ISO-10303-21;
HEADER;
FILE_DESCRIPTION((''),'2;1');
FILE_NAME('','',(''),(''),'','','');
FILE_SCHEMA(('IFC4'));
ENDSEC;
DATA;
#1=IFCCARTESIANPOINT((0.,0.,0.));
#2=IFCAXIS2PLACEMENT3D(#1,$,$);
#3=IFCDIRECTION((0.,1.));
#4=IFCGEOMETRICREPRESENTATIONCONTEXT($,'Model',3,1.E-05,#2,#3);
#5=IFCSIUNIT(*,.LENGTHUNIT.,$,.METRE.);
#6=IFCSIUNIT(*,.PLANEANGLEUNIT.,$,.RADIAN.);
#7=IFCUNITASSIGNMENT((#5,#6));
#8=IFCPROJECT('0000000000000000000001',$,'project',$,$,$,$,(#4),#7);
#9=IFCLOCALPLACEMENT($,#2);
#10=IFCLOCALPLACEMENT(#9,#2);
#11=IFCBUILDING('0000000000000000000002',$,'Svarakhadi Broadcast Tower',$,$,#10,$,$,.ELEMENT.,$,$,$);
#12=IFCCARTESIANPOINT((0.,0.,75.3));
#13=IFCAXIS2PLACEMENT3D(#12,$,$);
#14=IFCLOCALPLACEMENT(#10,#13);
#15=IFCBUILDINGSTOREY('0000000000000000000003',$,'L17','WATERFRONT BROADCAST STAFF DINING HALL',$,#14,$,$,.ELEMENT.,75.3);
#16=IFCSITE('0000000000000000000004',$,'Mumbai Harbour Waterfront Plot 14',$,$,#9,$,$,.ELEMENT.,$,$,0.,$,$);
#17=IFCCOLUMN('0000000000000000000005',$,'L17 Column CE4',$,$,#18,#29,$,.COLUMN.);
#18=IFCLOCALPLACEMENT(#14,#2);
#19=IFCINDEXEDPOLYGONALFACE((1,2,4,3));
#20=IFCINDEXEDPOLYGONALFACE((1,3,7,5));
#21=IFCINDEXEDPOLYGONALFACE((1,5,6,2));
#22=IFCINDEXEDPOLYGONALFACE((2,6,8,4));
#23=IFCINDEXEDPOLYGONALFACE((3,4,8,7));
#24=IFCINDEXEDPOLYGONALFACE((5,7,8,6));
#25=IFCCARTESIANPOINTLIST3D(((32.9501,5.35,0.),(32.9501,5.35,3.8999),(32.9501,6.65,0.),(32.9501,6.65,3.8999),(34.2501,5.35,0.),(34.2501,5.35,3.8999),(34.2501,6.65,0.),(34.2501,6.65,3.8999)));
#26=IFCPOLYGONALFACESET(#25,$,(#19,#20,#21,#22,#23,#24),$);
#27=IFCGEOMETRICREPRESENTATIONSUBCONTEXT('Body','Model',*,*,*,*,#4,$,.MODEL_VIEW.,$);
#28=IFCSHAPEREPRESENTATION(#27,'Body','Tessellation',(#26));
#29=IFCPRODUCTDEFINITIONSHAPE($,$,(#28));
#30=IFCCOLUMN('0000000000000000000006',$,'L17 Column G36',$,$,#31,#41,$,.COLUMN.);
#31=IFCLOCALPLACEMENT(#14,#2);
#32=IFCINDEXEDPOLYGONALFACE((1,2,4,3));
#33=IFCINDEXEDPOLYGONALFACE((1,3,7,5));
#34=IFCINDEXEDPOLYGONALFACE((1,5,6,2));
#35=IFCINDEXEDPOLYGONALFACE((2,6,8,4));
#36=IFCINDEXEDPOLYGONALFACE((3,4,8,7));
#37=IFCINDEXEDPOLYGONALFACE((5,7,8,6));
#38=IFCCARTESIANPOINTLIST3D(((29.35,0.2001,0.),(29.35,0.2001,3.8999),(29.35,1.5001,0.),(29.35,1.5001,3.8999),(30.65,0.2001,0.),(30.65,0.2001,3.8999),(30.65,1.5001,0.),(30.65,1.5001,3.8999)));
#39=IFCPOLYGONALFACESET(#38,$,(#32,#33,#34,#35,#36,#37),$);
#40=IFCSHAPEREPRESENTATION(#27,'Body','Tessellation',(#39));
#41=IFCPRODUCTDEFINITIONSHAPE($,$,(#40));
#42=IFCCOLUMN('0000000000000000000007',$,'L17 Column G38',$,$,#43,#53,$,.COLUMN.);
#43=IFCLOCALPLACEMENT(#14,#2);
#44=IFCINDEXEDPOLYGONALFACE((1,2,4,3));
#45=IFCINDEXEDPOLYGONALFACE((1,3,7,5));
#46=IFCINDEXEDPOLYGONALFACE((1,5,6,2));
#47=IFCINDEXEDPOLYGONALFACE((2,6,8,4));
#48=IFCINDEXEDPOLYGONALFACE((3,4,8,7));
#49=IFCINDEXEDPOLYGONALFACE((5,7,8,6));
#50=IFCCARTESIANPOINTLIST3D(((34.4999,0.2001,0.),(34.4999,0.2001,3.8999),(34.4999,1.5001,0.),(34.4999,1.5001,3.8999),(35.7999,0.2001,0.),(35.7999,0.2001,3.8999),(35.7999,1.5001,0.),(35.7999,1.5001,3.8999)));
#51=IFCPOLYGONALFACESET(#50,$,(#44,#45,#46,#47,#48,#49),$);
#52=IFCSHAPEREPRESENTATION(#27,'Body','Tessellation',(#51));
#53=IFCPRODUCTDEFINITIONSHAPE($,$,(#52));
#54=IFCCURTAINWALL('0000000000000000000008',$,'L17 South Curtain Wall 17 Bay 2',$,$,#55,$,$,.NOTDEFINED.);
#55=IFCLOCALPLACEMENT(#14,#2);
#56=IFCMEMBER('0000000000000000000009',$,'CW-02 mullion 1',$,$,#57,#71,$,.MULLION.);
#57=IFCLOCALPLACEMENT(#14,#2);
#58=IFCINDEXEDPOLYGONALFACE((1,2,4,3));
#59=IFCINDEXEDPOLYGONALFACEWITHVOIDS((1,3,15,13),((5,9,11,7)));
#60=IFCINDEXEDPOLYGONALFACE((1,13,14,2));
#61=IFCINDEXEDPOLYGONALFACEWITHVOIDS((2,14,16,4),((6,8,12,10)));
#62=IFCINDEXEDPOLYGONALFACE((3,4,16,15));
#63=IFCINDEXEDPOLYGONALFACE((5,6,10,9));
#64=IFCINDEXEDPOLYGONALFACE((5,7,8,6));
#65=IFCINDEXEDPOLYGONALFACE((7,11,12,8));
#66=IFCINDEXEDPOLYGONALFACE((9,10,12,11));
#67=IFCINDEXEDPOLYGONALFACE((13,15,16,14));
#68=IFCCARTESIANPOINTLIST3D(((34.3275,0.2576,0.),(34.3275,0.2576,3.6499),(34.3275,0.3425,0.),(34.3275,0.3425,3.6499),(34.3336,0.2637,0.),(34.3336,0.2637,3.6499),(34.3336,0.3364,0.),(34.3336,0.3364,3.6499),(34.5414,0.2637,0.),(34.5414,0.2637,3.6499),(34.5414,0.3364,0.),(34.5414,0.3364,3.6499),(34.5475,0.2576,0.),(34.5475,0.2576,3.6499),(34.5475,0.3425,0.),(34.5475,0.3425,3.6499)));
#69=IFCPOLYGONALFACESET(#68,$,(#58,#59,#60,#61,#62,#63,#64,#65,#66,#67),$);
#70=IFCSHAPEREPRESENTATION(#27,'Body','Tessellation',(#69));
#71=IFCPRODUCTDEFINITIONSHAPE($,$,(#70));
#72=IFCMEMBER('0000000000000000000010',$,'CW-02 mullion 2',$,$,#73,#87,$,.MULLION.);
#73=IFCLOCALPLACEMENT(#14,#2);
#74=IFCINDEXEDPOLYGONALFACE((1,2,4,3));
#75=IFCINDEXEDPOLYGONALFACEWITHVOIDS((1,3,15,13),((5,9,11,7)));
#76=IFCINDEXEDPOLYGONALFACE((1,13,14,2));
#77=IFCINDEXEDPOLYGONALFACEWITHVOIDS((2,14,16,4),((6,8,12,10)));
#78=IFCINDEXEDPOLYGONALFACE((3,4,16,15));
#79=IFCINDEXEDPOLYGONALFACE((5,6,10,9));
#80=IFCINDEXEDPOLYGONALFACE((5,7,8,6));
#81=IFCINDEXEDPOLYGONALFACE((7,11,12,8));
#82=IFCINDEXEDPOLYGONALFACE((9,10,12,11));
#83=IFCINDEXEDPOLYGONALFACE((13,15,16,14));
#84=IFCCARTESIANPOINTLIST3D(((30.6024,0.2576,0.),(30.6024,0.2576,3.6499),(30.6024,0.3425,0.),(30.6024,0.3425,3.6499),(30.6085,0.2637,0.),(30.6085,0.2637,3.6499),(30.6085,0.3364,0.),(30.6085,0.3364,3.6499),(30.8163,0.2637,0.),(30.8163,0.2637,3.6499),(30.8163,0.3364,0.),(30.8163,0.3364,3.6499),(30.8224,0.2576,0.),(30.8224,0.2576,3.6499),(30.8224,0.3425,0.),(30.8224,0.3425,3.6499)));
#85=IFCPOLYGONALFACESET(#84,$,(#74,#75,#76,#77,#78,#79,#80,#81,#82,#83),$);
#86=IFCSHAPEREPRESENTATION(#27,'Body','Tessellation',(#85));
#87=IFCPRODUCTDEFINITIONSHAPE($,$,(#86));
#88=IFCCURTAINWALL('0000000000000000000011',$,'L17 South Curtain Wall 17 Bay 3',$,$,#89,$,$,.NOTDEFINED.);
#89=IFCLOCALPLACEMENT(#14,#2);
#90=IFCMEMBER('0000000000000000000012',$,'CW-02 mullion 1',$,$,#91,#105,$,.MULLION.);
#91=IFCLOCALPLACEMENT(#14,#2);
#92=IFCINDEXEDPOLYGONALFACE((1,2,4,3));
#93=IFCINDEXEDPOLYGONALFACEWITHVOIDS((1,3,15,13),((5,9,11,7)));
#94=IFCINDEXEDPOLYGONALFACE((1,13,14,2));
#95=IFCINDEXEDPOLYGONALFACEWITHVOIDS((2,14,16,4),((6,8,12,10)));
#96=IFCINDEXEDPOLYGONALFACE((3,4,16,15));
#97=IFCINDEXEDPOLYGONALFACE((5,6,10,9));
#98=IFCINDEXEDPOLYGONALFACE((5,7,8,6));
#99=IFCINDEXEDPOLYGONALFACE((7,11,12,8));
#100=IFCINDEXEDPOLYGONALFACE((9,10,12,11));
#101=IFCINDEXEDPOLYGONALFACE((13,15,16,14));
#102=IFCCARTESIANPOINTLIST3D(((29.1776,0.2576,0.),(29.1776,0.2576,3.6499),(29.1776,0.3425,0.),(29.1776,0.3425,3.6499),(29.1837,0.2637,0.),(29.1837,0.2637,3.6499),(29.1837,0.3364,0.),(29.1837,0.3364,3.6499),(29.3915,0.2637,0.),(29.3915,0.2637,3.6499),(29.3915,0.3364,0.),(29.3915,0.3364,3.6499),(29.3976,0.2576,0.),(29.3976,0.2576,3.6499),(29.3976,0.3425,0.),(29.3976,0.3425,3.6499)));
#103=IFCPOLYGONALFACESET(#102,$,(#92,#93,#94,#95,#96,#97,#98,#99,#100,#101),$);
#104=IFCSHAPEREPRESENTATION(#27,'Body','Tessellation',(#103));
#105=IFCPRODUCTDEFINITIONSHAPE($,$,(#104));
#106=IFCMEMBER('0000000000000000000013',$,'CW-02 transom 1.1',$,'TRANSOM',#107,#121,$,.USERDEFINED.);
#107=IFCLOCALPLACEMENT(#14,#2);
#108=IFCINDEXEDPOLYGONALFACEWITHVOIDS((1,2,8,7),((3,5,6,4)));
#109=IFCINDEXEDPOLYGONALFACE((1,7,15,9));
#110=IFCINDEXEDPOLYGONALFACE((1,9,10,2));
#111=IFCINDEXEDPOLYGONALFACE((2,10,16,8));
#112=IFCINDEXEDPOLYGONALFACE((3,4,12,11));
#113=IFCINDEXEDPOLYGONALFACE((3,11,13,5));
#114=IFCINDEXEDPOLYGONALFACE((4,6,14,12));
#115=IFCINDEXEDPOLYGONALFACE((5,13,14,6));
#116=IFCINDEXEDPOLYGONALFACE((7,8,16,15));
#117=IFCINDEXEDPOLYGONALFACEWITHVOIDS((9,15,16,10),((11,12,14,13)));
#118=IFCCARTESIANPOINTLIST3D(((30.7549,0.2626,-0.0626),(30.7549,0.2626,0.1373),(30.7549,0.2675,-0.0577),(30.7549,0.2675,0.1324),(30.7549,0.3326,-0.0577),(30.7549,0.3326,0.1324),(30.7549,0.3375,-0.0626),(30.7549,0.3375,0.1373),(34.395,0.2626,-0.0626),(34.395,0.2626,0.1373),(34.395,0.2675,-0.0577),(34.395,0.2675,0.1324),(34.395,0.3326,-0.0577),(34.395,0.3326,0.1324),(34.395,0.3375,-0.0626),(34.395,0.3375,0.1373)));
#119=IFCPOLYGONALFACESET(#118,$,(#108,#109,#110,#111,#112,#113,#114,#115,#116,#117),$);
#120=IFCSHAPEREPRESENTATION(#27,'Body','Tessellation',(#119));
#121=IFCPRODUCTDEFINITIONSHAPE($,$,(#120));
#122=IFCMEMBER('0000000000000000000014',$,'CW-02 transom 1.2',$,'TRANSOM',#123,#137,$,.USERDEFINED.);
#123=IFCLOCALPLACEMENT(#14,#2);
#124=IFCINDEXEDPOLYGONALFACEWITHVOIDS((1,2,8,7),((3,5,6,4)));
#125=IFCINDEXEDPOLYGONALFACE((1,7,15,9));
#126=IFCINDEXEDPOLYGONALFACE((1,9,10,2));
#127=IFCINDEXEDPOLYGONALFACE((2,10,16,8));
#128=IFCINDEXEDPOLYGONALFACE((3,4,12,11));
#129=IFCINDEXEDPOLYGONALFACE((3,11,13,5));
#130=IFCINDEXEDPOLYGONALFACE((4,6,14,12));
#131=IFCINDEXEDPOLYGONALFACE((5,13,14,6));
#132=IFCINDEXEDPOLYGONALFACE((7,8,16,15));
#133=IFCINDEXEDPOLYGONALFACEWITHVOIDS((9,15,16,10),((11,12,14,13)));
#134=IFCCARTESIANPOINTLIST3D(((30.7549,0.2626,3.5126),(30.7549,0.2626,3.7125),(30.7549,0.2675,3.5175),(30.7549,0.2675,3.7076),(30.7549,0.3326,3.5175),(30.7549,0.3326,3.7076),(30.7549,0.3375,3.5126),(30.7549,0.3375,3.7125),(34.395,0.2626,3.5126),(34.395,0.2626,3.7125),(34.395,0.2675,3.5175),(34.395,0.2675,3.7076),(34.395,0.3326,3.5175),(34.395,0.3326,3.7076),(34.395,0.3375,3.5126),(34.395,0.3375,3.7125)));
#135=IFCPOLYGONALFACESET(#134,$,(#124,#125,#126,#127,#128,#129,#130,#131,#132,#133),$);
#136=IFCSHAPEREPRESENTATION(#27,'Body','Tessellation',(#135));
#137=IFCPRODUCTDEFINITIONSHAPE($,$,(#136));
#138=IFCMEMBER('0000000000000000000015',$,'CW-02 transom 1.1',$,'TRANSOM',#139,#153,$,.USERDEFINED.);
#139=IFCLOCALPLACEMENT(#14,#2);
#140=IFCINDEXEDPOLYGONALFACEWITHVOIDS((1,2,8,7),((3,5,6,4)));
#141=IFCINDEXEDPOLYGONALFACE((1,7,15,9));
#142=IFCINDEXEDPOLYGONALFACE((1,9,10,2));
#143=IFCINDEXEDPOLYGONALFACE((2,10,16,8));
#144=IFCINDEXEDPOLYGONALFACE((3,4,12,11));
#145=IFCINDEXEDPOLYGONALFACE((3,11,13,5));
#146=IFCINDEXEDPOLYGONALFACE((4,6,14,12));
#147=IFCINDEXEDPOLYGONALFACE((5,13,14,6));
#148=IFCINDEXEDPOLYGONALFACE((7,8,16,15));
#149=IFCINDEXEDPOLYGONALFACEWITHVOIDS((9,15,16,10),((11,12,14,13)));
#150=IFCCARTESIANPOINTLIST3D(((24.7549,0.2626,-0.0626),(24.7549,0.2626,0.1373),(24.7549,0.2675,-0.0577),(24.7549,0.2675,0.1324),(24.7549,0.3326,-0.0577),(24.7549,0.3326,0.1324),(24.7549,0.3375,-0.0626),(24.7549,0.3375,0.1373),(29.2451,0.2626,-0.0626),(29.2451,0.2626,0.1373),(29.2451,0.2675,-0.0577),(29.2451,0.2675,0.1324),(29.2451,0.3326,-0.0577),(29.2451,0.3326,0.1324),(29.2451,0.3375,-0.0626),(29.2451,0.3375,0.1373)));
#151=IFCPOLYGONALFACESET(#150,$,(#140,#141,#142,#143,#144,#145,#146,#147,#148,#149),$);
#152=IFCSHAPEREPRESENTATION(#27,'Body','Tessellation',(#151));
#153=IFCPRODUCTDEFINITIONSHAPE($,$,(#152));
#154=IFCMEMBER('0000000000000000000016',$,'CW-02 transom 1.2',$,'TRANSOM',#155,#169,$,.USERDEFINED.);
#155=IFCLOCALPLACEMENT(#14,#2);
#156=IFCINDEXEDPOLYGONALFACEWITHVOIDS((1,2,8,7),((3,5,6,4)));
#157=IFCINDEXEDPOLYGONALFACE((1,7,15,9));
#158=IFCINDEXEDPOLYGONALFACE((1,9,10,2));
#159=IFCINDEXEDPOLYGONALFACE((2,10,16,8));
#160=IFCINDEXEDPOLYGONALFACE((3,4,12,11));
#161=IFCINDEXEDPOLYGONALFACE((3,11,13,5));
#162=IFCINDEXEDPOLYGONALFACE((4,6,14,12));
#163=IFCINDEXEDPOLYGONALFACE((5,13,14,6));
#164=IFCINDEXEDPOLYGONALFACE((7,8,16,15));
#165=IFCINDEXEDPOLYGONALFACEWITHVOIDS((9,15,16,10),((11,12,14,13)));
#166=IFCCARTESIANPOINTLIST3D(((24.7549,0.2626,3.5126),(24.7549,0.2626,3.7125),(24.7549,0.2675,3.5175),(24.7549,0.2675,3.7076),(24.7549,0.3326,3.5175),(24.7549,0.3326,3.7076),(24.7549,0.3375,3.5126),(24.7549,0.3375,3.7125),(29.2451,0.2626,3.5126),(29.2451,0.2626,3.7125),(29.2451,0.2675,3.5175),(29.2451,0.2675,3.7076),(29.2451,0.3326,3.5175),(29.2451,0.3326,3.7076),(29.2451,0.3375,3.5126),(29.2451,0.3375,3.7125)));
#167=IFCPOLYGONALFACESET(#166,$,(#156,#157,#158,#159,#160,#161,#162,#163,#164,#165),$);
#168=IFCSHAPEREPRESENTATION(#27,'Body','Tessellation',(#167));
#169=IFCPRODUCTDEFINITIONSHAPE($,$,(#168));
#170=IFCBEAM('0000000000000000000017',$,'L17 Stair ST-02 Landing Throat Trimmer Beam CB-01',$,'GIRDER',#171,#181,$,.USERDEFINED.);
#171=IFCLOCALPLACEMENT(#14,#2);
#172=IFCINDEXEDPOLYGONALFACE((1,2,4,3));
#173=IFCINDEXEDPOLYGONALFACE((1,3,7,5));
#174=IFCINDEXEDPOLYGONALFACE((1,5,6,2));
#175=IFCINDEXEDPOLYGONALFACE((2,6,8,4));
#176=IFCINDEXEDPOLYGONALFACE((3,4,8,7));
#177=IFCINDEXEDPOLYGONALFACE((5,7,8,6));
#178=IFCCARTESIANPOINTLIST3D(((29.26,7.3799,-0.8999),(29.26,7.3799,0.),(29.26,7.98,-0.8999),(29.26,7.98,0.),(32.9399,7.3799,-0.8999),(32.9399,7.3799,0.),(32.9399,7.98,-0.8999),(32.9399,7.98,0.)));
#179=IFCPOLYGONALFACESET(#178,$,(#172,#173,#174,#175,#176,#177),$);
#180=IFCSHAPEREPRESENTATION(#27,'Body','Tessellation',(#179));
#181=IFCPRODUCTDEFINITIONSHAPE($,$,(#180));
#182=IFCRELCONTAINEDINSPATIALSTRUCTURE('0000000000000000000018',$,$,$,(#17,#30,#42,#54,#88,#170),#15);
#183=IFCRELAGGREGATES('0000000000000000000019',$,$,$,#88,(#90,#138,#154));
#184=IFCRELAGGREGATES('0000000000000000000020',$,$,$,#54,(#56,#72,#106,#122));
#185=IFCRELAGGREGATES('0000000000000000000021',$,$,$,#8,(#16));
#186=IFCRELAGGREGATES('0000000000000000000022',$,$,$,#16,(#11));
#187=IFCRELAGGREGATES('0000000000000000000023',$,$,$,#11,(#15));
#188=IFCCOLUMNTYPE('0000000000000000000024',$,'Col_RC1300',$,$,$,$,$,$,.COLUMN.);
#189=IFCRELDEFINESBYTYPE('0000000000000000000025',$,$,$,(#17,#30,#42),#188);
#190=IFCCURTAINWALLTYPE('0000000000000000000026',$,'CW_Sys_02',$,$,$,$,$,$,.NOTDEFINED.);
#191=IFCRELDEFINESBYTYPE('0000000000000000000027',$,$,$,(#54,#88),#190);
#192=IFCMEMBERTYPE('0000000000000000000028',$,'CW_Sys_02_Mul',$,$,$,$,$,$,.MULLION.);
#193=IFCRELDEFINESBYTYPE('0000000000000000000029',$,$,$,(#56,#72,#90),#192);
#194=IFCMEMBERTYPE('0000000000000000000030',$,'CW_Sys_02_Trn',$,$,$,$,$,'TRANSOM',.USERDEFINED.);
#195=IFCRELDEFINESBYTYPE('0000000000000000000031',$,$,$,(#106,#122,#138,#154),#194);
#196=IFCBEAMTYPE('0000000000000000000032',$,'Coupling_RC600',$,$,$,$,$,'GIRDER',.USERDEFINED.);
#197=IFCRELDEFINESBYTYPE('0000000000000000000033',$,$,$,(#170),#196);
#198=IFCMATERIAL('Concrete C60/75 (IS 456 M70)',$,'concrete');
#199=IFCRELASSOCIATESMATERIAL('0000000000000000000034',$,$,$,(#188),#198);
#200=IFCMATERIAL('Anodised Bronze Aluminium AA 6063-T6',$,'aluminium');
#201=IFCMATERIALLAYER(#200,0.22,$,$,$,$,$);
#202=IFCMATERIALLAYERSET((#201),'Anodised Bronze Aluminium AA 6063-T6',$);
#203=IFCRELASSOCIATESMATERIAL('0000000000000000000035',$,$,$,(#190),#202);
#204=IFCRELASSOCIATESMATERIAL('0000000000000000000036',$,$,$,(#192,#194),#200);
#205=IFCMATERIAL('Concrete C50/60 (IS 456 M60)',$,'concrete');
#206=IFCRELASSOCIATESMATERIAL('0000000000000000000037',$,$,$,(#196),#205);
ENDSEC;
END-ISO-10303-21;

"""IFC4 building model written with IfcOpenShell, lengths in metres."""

from ifc_helpers import new_model, si_unit, direction, frame, origin, origin_2d, place, context, subcontext, project, spatial, rectangle, hollow_rectangle, extrude, material, layer, layer_set, material_profile, profile_set, type_object, element, aggregate, save


model = new_model("IFC4")

# Units and contexts
model_context = context("Model", 3, precision=1e-05, world=origin(), true_north=direction((0.0, 1.0)))
body_context = subcontext(model_context, "Body", "Model", "MODEL_VIEW")
ifc_project = project(units=[si_unit("LENGTHUNIT", "METRE"), si_unit("PLANEANGLEUNIT", "RADIAN")], contexts=[model_context])

# Site, building, storey
site_placement = place(None, origin())
site = spatial("IfcSite", under=ifc_project, at=site_placement, Name="Mumbai Harbour Waterfront Plot 14", CompositionType="ELEMENT", RefElevation=0.0)
building_placement = place(site_placement, origin())
building = spatial("IfcBuilding", under=site, at=building_placement, Name="Svarakhadi Broadcast Tower", CompositionType="ELEMENT")
storey_placement = place(building_placement, frame((0.0, 0.0, 75.3)))
storey = spatial("IfcBuildingStorey", under=building, at=storey_placement, Name="L17", Description="WATERFRONT BROADCAST STAFF DINING HALL", CompositionType="ELEMENT", Elevation=75.3)

# Columns
ifc_material_1 = material(Name="Concrete C60/75 (IS 456 M70)", Category="concrete")
ifc_material_profile_1 = material_profile(ifc_material_1, rectangle(XDim=1.3, YDim=1.3, at=origin_2d()), Name="RC 1300x1300")
ifc_profile_set_1 = profile_set([ifc_material_profile_1], Name="Concrete C60/75 (IS 456 M70)")
column_type = type_object("IfcColumnType", Name="Col_RC1300", PredefinedType="COLUMN", material=ifc_profile_set_1)
for number, where, z_axis, x_axis, name in (
    (1, (33.6001, 6.0, 0.0), (0.0, 0.0, 1.0), (1.0, 0.0, 0.0), "L17 Column CE4"),
    (2, (30.0, 0.8501, 0.0), (0.0, 0.0, 1.0), (1.0, 0.0, 0.0), "L17 Column G36"),
    (3, (35.1499, 0.8501, 0.0), (0.0, 0.0, 1.0), (1.0, 0.0, 0.0), "L17 Column G38"),
):
    element("IfcColumn", number, at=place(storey_placement, frame(where, z_axis=z_axis, x_axis=x_axis)), inside=storey, type_object=column_type, Name=name, PredefinedType="COLUMN", context=body_context, shape_type="SweptSolid", body=[
        extrude(rectangle(XDim=1.3, YDim=1.3, at=origin_2d()), origin(), (0.0, 0.0, 1.0), 3.8999),
    ])

# Curtain wall, members
ifc_material_2 = material(Name="Anodised Bronze Aluminium AA 6063-T6", Category="aluminium")
ifc_layer_1 = layer(ifc_material_2, 0.22)
ifc_layer_set_1 = layer_set([ifc_layer_1], Name="Anodised Bronze Aluminium AA 6063-T6")
curtain_wall_type = type_object("IfcCurtainWallType", Name="CW_Sys_02", PredefinedType="NOTDEFINED", material=ifc_layer_set_1)
curtain_wall_1_placement = place(storey_placement, origin())
curtain_wall_1 = element("IfcCurtainWall", 4, at=curtain_wall_1_placement, inside=storey, type_object=curtain_wall_type, Name="L17 South Curtain Wall 17 Bay 2", PredefinedType="NOTDEFINED")
ifc_material_profile_2 = material_profile(ifc_material_2, hollow_rectangle(XDim=0.085, YDim=0.22, WallThickness=0.0061, at=origin_2d()), Name="ALU MULLION 220x85x6")
ifc_profile_set_2 = profile_set([ifc_material_profile_2], Name="Anodised Bronze Aluminium AA 6063-T6")
member_type_1 = type_object("IfcMemberType", Name="CW_Sys_02_Mul", PredefinedType="MULLION", material=ifc_profile_set_2)
member_1_placement = place(storey_placement, frame((34.4375, 0.3, 0.0), z_axis=(0.0, 0.0, 1.0), x_axis=(0.0, -1.0, 0.0)))
member_1 = element("IfcMember", 5, at=member_1_placement, type_object=member_type_1, Name="CW-02 mullion 1", PredefinedType="MULLION", context=body_context, shape_type="SweptSolid", body=[
    extrude(hollow_rectangle(XDim=0.085, YDim=0.22, WallThickness=0.0061, at=origin_2d()), origin(), (0.0, 0.0, 1.0), 3.6499),
])
member_2_placement = place(storey_placement, frame((30.7124, 0.3, 0.0), z_axis=(0.0, 0.0, 1.0), x_axis=(0.0, -1.0, 0.0)))
member_2 = element("IfcMember", 6, at=member_2_placement, type_object=member_type_1, Name="CW-02 mullion 2", PredefinedType="MULLION", context=body_context, shape_type="SweptSolid", body=[
    extrude(hollow_rectangle(XDim=0.085, YDim=0.22, WallThickness=0.0061, at=origin_2d()), origin(), (0.0, 0.0, 1.0), 3.6499),
])

# Curtain wall, member
curtain_wall_2_placement = place(storey_placement, origin())
curtain_wall_2 = element("IfcCurtainWall", 7, at=curtain_wall_2_placement, inside=storey, type_object=curtain_wall_type, Name="L17 South Curtain Wall 17 Bay 3", PredefinedType="NOTDEFINED")
member_3_placement = place(storey_placement, frame((29.2876, 0.3, 0.0), z_axis=(0.0, 0.0, 1.0), x_axis=(0.0, -1.0, 0.0)))
member_3 = element("IfcMember", 8, at=member_3_placement, type_object=member_type_1, Name="CW-02 mullion 1", PredefinedType="MULLION", context=body_context, shape_type="SweptSolid", body=[
    extrude(hollow_rectangle(XDim=0.085, YDim=0.22, WallThickness=0.0061, at=origin_2d()), origin(), (0.0, 0.0, 1.0), 3.6499),
])

# Members
ifc_material_profile_3 = material_profile(ifc_material_2, hollow_rectangle(XDim=0.075, YDim=0.2, WallThickness=0.0049, at=origin_2d()), Name="ALU TRANSOM 200x75x5")
ifc_profile_set_3 = profile_set([ifc_material_profile_3], Name="Anodised Bronze Aluminium AA 6063-T6")
member_type_2 = type_object("IfcMemberType", Name="CW_Sys_02_Trn", ElementType="TRANSOM", PredefinedType="USERDEFINED", material=ifc_profile_set_3)
member_4_placement = place(storey_placement, frame((34.395, 0.3, 0.0374), z_axis=(-1.0, 0.0, 0.0), x_axis=(0.0, -1.0, 0.0)))
member_4 = element("IfcMember", 9, at=member_4_placement, type_object=member_type_2, Name="CW-02 transom 1.1", ObjectType="TRANSOM", PredefinedType="USERDEFINED", context=body_context, shape_type="SweptSolid", body=[
    extrude(hollow_rectangle(XDim=0.075, YDim=0.2, WallThickness=0.0049, at=origin_2d()), origin(), (0.0, 0.0, 1.0), 3.6401),
])
member_5_placement = place(storey_placement, frame((34.395, 0.3, 3.6125), z_axis=(-1.0, 0.0, 0.0), x_axis=(0.0, -1.0, 0.0)))
member_5 = element("IfcMember", 10, at=member_5_placement, type_object=member_type_2, Name="CW-02 transom 1.2", ObjectType="TRANSOM", PredefinedType="USERDEFINED", context=body_context, shape_type="SweptSolid", body=[
    extrude(hollow_rectangle(XDim=0.075, YDim=0.2, WallThickness=0.0049, at=origin_2d()), origin(), (0.0, 0.0, 1.0), 3.6401),
])
member_6_placement = place(storey_placement, frame((29.2451, 0.3, 0.0374), z_axis=(-1.0, 0.0, 0.0), x_axis=(0.0, -1.0, 0.0)))
member_6 = element("IfcMember", 11, at=member_6_placement, type_object=member_type_2, Name="CW-02 transom 1.1", ObjectType="TRANSOM", PredefinedType="USERDEFINED", context=body_context, shape_type="SweptSolid", body=[
    extrude(hollow_rectangle(XDim=0.075, YDim=0.2, WallThickness=0.0049, at=origin_2d()), origin(), (0.0, 0.0, 1.0), 4.4902),
])
member_7_placement = place(storey_placement, frame((29.2451, 0.3, 3.6125), z_axis=(-1.0, 0.0, 0.0), x_axis=(0.0, -1.0, 0.0)))
member_7 = element("IfcMember", 12, at=member_7_placement, type_object=member_type_2, Name="CW-02 transom 1.2", ObjectType="TRANSOM", PredefinedType="USERDEFINED", context=body_context, shape_type="SweptSolid", body=[
    extrude(hollow_rectangle(XDim=0.075, YDim=0.2, WallThickness=0.0049, at=origin_2d()), origin(), (0.0, 0.0, 1.0), 4.4902),
])
aggregate(curtain_wall_2, [member_3, member_6, member_7])

# Beam
ifc_material_3 = material(Name="Concrete C50/60 (IS 456 M60)", Category="concrete")
ifc_material_profile_4 = material_profile(ifc_material_3, rectangle(XDim=0.6001, YDim=0.8999, at=origin_2d()), Name="RC 600x900")
ifc_profile_set_4 = profile_set([ifc_material_profile_4], Name="Concrete C50/60 (IS 456 M60)")
beam_type_1 = type_object("IfcBeamType", Name="Coupling_RC600", ElementType="GIRDER", PredefinedType="USERDEFINED", material=ifc_profile_set_4)
beam_1_placement = place(storey_placement, frame((29.26, 7.6799, -0.45), z_axis=(1.0, 0.0, 0.0), x_axis=(0.0, 1.0, 0.0)))
element("IfcBeam", 13, at=beam_1_placement, inside=storey, type_object=beam_type_1, Name="L17 Stair ST-02 Landing Throat Trimmer Beam CB-01", ObjectType="GIRDER", PredefinedType="USERDEFINED", context=body_context, shape_type="SweptSolid", body=[
    extrude(rectangle(XDim=0.6001, YDim=0.8999, at=origin_2d()), origin(), (0.0, 0.0, 1.0), 3.6799),
])

aggregate(curtain_wall_1, [member_1, member_2, member_4, member_5])

save(model, "model.ifc")
